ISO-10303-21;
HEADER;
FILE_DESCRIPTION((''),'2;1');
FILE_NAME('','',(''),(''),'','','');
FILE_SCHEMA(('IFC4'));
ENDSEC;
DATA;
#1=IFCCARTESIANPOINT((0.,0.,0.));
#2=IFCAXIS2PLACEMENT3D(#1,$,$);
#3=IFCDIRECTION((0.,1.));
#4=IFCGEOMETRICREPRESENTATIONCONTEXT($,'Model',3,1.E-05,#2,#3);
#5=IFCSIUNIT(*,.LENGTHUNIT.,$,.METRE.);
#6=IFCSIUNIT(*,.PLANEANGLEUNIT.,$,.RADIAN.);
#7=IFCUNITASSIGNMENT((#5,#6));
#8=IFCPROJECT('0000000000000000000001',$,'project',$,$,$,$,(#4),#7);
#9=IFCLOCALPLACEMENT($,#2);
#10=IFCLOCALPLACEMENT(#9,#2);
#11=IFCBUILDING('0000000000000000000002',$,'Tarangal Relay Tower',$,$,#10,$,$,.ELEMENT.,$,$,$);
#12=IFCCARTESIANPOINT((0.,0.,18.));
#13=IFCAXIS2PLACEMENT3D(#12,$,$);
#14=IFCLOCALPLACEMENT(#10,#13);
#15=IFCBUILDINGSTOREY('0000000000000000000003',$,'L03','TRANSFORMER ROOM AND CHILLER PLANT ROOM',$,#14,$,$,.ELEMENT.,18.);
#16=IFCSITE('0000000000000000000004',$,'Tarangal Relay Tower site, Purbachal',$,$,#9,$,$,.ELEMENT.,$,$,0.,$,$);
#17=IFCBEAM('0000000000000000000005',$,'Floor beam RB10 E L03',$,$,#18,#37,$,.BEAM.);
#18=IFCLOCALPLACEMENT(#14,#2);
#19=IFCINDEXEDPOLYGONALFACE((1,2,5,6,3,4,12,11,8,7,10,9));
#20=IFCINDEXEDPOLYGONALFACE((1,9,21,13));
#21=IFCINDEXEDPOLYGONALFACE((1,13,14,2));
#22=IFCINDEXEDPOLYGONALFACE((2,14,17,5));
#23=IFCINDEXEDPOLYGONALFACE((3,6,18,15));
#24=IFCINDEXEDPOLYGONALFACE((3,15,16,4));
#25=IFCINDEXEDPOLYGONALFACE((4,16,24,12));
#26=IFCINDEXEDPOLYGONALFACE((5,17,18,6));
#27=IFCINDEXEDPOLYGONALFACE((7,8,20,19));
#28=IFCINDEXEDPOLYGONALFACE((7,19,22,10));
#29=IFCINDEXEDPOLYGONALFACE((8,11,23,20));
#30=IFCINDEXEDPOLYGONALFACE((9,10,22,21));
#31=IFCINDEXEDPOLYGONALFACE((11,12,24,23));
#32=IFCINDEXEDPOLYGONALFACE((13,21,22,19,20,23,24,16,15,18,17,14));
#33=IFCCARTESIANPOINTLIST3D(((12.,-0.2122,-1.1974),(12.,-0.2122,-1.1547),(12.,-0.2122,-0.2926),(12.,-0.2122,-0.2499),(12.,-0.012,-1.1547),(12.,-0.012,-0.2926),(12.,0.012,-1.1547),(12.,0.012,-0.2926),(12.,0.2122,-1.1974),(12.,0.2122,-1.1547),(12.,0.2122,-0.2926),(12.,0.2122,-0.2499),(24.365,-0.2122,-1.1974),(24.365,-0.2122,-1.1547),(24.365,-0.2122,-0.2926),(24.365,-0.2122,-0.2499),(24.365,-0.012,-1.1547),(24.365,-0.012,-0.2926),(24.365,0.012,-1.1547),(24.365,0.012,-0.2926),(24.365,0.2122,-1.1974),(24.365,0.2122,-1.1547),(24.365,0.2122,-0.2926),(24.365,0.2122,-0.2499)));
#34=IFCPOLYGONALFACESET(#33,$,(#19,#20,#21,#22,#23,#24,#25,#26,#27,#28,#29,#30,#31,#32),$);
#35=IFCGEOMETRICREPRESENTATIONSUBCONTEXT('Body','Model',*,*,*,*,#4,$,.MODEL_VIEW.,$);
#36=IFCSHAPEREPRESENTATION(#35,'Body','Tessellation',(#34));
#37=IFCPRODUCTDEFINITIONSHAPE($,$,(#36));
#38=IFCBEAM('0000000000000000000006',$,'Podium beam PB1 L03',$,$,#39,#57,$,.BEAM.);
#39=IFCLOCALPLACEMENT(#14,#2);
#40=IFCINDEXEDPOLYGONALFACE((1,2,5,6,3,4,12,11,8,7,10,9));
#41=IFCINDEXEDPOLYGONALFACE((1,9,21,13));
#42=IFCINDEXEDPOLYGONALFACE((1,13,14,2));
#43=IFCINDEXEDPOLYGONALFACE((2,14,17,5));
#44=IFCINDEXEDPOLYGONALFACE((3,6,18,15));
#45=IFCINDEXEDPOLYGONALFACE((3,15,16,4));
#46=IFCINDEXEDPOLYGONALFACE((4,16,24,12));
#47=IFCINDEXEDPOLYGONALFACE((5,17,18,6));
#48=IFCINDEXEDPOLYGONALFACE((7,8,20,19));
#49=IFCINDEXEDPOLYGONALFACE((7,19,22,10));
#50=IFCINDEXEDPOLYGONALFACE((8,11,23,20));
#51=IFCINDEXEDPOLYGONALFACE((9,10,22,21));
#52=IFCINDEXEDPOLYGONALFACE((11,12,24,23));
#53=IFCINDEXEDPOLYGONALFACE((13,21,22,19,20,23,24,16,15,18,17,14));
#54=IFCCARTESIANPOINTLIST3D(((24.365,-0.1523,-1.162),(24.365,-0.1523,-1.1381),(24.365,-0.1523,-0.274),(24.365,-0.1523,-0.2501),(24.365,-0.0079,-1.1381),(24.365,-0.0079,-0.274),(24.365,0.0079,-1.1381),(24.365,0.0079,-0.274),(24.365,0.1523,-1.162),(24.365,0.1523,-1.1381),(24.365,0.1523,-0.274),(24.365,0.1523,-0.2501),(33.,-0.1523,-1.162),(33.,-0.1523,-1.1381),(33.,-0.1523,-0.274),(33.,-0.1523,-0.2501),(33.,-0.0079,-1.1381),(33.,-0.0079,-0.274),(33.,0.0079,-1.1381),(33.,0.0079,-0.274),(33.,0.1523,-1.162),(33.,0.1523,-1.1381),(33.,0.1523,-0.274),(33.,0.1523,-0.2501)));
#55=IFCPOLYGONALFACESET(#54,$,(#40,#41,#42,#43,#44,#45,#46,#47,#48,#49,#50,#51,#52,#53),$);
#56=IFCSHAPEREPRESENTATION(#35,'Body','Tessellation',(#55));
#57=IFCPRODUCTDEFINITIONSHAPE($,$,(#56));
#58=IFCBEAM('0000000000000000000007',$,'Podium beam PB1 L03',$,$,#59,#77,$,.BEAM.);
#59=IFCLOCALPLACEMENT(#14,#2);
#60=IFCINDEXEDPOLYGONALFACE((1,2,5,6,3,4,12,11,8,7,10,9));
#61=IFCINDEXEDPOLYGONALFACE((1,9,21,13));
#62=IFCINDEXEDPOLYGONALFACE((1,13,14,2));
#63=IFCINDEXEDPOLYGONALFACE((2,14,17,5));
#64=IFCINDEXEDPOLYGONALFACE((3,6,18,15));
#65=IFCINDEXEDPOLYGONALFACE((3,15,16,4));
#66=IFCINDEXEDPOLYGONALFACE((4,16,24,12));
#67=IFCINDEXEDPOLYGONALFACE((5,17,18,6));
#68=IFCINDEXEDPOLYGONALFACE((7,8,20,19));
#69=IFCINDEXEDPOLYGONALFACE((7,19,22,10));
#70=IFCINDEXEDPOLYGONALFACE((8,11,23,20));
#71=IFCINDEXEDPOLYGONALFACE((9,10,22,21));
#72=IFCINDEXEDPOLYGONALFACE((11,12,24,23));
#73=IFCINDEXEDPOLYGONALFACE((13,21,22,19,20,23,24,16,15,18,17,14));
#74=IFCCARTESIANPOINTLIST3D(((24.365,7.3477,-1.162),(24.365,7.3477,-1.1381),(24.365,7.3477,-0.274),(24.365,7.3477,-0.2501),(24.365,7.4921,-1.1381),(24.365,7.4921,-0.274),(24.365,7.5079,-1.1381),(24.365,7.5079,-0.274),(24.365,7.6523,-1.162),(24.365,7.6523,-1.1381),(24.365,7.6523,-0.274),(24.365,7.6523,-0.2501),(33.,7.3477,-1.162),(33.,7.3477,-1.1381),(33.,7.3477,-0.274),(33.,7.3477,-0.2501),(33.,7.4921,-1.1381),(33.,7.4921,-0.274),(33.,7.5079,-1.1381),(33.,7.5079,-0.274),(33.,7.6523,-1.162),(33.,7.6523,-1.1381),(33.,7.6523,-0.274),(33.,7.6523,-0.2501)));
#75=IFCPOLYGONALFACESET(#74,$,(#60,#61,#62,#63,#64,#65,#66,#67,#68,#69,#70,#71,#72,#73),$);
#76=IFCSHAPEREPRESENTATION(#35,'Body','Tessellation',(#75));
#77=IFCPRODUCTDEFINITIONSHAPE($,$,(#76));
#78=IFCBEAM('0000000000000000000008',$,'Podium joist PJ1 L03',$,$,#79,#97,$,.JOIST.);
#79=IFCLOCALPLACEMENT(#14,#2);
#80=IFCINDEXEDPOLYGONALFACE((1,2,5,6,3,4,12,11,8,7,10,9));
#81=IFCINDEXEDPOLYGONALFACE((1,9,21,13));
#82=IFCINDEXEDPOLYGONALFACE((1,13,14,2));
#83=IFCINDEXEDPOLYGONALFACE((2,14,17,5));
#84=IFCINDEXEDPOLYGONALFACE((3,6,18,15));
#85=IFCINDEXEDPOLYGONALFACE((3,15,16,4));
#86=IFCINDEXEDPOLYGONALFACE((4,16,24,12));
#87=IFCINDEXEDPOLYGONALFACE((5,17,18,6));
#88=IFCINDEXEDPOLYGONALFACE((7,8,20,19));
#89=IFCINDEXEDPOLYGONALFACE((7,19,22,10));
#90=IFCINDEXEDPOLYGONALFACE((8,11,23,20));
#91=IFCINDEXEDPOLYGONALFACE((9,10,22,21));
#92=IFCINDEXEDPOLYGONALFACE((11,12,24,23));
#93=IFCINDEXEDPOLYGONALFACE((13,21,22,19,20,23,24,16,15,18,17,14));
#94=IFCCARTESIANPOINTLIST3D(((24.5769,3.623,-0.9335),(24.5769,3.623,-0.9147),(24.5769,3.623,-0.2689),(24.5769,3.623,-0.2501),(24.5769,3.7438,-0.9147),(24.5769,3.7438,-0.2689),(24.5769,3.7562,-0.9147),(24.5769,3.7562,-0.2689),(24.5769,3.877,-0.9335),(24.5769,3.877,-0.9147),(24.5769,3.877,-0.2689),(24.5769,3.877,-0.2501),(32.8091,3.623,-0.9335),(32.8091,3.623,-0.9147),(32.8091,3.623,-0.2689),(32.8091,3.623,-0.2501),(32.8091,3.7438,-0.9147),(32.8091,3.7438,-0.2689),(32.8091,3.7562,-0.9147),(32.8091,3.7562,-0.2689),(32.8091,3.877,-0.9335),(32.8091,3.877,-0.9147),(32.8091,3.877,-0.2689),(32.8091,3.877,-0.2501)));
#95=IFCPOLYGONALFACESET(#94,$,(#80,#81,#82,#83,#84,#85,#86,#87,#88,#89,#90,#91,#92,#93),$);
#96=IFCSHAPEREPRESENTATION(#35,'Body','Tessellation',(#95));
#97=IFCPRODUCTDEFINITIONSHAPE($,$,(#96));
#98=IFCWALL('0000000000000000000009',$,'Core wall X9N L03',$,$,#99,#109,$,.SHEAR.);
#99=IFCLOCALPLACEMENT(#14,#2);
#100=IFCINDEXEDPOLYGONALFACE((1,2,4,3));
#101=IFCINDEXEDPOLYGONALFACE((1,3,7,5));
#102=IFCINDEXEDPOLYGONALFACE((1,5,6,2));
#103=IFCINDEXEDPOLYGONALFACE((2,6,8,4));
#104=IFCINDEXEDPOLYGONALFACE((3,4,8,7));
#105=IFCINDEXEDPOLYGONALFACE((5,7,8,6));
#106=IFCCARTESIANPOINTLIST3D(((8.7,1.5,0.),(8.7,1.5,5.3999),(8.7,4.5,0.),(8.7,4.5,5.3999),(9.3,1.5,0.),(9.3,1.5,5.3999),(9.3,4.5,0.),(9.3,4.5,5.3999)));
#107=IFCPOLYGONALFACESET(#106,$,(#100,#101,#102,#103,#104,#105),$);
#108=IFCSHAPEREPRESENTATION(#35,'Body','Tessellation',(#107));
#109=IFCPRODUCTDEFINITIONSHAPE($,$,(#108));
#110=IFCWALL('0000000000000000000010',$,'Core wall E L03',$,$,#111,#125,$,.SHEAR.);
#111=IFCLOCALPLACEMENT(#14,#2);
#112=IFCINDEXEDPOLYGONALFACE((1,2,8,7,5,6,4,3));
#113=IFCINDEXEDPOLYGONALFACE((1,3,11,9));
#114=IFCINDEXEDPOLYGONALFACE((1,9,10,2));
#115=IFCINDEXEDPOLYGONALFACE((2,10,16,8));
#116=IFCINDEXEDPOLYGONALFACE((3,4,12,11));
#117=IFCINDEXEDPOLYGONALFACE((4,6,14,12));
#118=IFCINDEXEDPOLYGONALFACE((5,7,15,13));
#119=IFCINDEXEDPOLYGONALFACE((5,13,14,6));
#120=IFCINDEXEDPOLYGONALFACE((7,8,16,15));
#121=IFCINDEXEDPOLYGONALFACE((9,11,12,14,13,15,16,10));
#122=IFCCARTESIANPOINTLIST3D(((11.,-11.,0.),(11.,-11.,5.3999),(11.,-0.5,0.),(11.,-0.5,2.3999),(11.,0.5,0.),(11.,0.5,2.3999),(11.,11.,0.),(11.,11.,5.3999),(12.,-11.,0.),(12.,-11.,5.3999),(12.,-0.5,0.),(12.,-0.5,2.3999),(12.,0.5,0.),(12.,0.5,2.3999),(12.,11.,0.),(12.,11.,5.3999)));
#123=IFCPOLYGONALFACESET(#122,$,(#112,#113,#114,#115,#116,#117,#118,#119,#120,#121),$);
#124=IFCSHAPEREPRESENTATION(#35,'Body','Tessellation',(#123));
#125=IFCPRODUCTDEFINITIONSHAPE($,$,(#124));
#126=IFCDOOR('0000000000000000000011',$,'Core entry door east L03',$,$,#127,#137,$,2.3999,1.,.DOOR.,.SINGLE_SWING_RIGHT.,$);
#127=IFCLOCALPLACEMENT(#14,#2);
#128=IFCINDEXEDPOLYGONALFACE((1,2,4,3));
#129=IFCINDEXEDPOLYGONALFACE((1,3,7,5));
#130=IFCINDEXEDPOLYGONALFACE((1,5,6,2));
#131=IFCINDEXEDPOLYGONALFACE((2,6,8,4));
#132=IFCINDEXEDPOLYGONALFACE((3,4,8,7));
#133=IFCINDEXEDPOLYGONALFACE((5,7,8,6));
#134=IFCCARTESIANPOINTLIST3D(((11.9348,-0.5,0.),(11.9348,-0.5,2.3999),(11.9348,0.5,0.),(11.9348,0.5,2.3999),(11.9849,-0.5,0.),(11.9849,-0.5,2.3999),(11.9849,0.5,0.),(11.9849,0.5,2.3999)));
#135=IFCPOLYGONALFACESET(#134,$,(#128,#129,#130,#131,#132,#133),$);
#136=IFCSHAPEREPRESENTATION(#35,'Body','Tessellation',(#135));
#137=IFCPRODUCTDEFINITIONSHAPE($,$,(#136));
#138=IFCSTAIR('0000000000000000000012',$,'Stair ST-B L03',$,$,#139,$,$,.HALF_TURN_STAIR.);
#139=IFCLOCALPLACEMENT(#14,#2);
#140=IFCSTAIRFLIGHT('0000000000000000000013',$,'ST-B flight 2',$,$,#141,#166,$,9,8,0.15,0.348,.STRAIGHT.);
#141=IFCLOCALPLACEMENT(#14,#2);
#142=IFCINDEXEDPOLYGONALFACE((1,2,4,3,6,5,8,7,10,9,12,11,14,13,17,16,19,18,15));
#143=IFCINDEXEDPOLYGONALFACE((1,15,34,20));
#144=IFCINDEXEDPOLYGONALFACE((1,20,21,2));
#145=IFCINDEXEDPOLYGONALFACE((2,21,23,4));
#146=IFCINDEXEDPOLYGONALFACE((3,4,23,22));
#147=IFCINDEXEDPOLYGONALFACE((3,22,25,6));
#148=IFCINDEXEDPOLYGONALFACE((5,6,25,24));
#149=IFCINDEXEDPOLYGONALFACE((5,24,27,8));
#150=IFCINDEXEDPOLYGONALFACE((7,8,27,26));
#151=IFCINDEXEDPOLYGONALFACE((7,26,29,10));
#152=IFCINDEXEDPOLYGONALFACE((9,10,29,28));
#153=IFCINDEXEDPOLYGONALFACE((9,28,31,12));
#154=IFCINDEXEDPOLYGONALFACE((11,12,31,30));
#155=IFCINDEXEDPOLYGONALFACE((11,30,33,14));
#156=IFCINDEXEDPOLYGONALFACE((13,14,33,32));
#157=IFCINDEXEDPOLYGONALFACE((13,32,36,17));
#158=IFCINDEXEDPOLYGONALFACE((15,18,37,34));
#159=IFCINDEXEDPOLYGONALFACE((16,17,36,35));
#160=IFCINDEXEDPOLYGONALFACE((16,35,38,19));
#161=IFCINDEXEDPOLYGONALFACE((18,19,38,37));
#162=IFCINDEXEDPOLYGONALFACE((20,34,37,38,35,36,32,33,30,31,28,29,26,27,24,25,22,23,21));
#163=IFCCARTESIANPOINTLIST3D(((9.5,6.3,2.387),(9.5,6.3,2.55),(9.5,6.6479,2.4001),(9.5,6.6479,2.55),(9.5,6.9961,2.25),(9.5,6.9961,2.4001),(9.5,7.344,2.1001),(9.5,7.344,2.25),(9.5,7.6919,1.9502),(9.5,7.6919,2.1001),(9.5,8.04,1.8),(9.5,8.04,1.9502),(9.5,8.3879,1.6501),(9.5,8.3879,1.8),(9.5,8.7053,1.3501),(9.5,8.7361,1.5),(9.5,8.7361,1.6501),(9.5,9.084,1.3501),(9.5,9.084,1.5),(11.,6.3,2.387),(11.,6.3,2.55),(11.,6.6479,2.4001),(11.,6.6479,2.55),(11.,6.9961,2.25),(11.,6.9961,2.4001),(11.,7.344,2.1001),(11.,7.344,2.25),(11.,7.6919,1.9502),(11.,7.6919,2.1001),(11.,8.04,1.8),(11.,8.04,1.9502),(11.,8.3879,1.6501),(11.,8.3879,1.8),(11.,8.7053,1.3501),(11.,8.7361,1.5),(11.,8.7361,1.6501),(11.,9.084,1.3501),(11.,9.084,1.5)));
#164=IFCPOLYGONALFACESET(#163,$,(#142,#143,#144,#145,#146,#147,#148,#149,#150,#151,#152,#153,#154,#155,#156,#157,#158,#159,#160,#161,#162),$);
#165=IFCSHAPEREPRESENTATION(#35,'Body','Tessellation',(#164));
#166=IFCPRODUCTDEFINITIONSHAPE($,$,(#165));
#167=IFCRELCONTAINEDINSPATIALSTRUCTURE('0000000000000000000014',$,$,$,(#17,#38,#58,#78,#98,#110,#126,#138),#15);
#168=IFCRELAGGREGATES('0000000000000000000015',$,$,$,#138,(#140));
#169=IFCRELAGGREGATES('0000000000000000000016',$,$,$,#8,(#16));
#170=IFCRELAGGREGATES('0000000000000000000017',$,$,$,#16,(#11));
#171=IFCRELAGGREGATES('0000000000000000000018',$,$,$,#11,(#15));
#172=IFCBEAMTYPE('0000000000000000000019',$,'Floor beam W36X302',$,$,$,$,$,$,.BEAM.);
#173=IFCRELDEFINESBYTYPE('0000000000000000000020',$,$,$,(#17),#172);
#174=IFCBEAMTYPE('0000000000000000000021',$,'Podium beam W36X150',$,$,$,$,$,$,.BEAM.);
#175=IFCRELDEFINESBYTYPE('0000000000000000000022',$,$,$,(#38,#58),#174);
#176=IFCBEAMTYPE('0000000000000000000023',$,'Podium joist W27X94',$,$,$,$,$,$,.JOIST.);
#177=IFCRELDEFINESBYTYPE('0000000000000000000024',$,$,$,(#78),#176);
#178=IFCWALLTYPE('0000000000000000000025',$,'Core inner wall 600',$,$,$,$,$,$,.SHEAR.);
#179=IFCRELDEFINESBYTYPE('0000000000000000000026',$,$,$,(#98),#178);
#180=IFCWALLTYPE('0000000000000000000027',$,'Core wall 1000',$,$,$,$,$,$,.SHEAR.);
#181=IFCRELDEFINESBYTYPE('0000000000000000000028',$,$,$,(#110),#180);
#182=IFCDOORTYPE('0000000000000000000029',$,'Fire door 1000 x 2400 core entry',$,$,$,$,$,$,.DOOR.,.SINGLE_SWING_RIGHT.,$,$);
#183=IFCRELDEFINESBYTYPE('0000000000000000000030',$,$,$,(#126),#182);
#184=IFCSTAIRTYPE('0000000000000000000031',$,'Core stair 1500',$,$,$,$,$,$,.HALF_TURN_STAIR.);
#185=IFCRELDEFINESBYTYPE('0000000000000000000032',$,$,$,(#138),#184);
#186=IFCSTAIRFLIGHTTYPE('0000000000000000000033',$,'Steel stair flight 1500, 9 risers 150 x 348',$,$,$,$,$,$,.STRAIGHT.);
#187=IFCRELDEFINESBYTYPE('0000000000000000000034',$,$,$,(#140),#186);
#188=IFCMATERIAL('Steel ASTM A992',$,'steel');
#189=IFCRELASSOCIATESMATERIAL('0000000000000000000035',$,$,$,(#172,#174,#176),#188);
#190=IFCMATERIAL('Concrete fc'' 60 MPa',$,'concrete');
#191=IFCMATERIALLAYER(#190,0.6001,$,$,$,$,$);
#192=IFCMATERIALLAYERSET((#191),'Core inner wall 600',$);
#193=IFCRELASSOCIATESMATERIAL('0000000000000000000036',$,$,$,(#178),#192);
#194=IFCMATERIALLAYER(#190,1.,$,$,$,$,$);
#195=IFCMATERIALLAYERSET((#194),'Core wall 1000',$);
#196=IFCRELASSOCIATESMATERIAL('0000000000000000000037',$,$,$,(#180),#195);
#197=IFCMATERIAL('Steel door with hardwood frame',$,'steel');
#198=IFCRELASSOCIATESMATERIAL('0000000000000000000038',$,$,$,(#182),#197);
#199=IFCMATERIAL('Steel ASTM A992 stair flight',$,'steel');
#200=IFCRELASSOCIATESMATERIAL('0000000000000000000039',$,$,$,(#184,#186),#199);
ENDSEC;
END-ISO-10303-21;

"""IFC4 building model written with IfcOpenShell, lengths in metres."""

from ifc_helpers import new_model, si_unit, direction, frame, frame_2d, origin, origin_2d, place, context, subcontext, project, spatial, polyline, rectangle, i_section, outline, extrude, material, layer, layer_set, material_profile, profile_set, type_object, element, fill, aggregate, save


model = new_model("IFC4")

# Units and contexts
model_context = context("Model", 3, precision=1e-05, world=origin(), true_north=direction((0.0, 1.0)))
body_context = subcontext(model_context, "Body", "Model", "MODEL_VIEW")
ifc_project = project(units=[si_unit("LENGTHUNIT", "METRE"), si_unit("PLANEANGLEUNIT", "RADIAN")], contexts=[model_context])

# Site, building, storey
site_placement = place(None, origin())
site = spatial("IfcSite", under=ifc_project, at=site_placement, Name="Tarangal Relay Tower site, Purbachal", CompositionType="ELEMENT", RefElevation=0.0)
building_placement = place(site_placement, origin())
building = spatial("IfcBuilding", under=site, at=building_placement, Name="Tarangal Relay Tower", CompositionType="ELEMENT")
storey_placement = place(building_placement, frame((0.0, 0.0, 18.0)))
storey = spatial("IfcBuildingStorey", under=building, at=storey_placement, Name="L03", Description="TRANSFORMER ROOM AND CHILLER PLANT ROOM", CompositionType="ELEMENT", Elevation=18.0)

# Beams
ifc_material_1 = material(Name="Steel ASTM A992", Category="steel")
ifc_material_profile_1 = material_profile(ifc_material_1, i_section(OverallWidth=0.4243, OverallDepth=0.9475, WebThickness=0.0239, FlangeThickness=0.0427, at=origin_2d()), Name="W36X302")
ifc_profile_set_1 = profile_set([ifc_material_profile_1], Name="Steel ASTM A992")
beam_type_1 = type_object("IfcBeamType", Name="Floor beam W36X302", PredefinedType="BEAM", material=ifc_profile_set_1)
beam_1_placement = place(storey_placement, frame((12.0, 0.0, -0.7236), z_axis=(1.0, 0.0, 0.0), x_axis=(0.0, 1.0, 0.0)))
element("IfcBeam", 1, at=beam_1_placement, inside=storey, type_object=beam_type_1, Name="Floor beam RB10 E L03", PredefinedType="BEAM", context=body_context, shape_type="SweptSolid", body=[
    extrude(i_section(OverallWidth=0.4243, OverallDepth=0.9475, WebThickness=0.0239, FlangeThickness=0.0427, at=origin_2d()), origin(), (0.0, 0.0, 1.0), 12.365),
])
ifc_material_profile_2 = material_profile(ifc_material_1, i_section(OverallWidth=0.3047, OverallDepth=0.9119, WebThickness=0.0159, FlangeThickness=0.0239, at=origin_2d()), Name="W36X150")
ifc_profile_set_2 = profile_set([ifc_material_profile_2], Name="Steel ASTM A992")
beam_type_2 = type_object("IfcBeamType", Name="Podium beam W36X150", PredefinedType="BEAM", material=ifc_profile_set_2)
for number, where, z_axis, x_axis, name in (
    (2, (24.365, 0.0, -0.7061), (1.0, 0.0, 0.0), (0.0, 1.0, 0.0), "Podium beam PB1 L03"),
    (3, (24.365, 7.5, -0.7061), (1.0, 0.0, 0.0), (0.0, 1.0, 0.0), "Podium beam PB1 L03"),
):
    element("IfcBeam", number, at=place(storey_placement, frame(where, z_axis=z_axis, x_axis=x_axis)), inside=storey, type_object=beam_type_2, Name=name, PredefinedType="BEAM", context=body_context, shape_type="SweptSolid", body=[
        extrude(i_section(OverallWidth=0.3047, OverallDepth=0.9119, WebThickness=0.0159, FlangeThickness=0.0239, at=origin_2d()), origin(), (0.0, 0.0, 1.0), 8.635),
    ])
ifc_material_profile_3 = material_profile(ifc_material_1, i_section(OverallWidth=0.2539, OverallDepth=0.6833, WebThickness=0.0125, FlangeThickness=0.0188, at=origin_2d()), Name="W27X94")
ifc_profile_set_3 = profile_set([ifc_material_profile_3], Name="Steel ASTM A992")
beam_type_3 = type_object("IfcBeamType", Name="Podium joist W27X94", PredefinedType="JOIST", material=ifc_profile_set_3)
beam_2_placement = place(storey_placement, frame((24.5769, 3.75, -0.5918), z_axis=(1.0, 0.0, 0.0), x_axis=(0.0, 1.0, 0.0)))
element("IfcBeam", 4, at=beam_2_placement, inside=storey, type_object=beam_type_3, Name="Podium joist PJ1 L03", PredefinedType="JOIST", context=body_context, shape_type="SweptSolid", body=[
    extrude(i_section(OverallWidth=0.2539, OverallDepth=0.6833, WebThickness=0.0125, FlangeThickness=0.0188, at=origin_2d()), origin(), (0.0, 0.0, 1.0), 8.2322),
])

# Wall
ifc_material_2 = material(Name="Concrete fc' 60 MPa", Category="concrete")
ifc_layer_1 = layer(ifc_material_2, 0.6001)
ifc_layer_set_1 = layer_set([ifc_layer_1], Name="Core inner wall 600")
wall_type_1 = type_object("IfcWallType", Name="Core inner wall 600", PredefinedType="SHEAR", material=ifc_layer_set_1)
wall_1_placement = place(storey_placement, frame((9.0, 1.5, 0.0), z_axis=(0.0, 0.0, 1.0), x_axis=(0.0, 1.0, 0.0)))
element("IfcWall", 5, at=wall_1_placement, inside=storey, type_object=wall_type_1, Name="Core wall X9N L03", PredefinedType="SHEAR", context=body_context, shape_type="SweptSolid", body=[
    extrude(rectangle(XDim=3.0, YDim=0.6001, at=frame_2d((1.5, 0.0))), origin(), (0.0, 0.0, 1.0), 5.3999),
])

# Wall, opening, door
ifc_layer_2 = layer(ifc_material_2, 1.0)
ifc_layer_set_2 = layer_set([ifc_layer_2], Name="Core wall 1000")
wall_type_2 = type_object("IfcWallType", Name="Core wall 1000", PredefinedType="SHEAR", material=ifc_layer_set_2)
wall_2_placement = place(storey_placement, frame((11.5, 11.0, 0.0), z_axis=(0.0, 0.0, 1.0), x_axis=(0.0, -1.0, 0.0)))
wall_2 = element("IfcWall", 6, at=wall_2_placement, inside=storey, type_object=wall_type_2, Name="Core wall E L03", PredefinedType="SHEAR", context=body_context, shape_type="SweptSolid", body=[
    extrude(rectangle(XDim=22.0, YDim=1.0, at=frame_2d((11.0, 0.0))), origin(), (0.0, 0.0, 1.0), 5.3999),
])
opening_placement = place(wall_2_placement, frame((10.5, 0.0, 0.0)))
opening = element("IfcOpeningElement", 7, at=opening_placement, cuts=wall_2, PredefinedType="OPENING", context=body_context, shape_type="SweptSolid", body=[
    extrude(rectangle(XDim=1.0, YDim=2.3999, at=frame_2d((0.5, 1.2))), frame((0.0, 0.51, 0.0), z_axis=(0.0, -1.0, 0.0), x_axis=(1.0, 0.0, 0.0)), (0.0, 0.0, 1.0), 1.02),
])
ifc_material_3 = material(Name="Steel door with hardwood frame", Category="steel")
door_type = type_object("IfcDoorType", Name="Fire door 1000 x 2400 core entry", OperationType="SINGLE_SWING_RIGHT", PredefinedType="DOOR", material=ifc_material_3)
door_placement = place(opening_placement, origin())
door = element("IfcDoor", 8, at=door_placement, inside=storey, type_object=door_type, Name="Core entry door east L03", OperationType="SINGLE_SWING_RIGHT", OverallHeight=2.3999, OverallWidth=1.0, PredefinedType="DOOR", context=body_context, shape_type="SweptSolid", body=[
    extrude(rectangle(XDim=1.0, YDim=2.3999, at=frame_2d((0.5, 1.2))), frame((0.0, 0.4849, 0.0), z_axis=(0.0, -1.0, 0.0), x_axis=(1.0, 0.0, 0.0)), (0.0, 0.0, 1.0), 0.05),
])
fill(opening, door)

# Stair, stair flight
ifc_material_4 = material(Name="Steel ASTM A992 stair flight", Category="steel")
stair_type = type_object("IfcStairType", Name="Core stair 1500", PredefinedType="HALF_TURN_STAIR", material=ifc_material_4)
stair_placement = place(storey_placement, origin())
stair = element("IfcStair", 9, at=stair_placement, inside=storey, type_object=stair_type, Name="Stair ST-B L03", PredefinedType="HALF_TURN_STAIR")
stair_flight_type = type_object("IfcStairFlightType", Name="Steel stair flight 1500, 9 risers 150 x 348", PredefinedType="STRAIGHT", material=ifc_material_4)
stair_flight_1_placement = place(storey_placement, frame((10.25, 9.084, 1.3501), z_axis=(0.0, 0.0, 1.0), x_axis=(0.0, -1.0, 0.0)))
stair_flight_1 = element("IfcStairFlight", 10, at=stair_flight_1_placement, type_object=stair_flight_type, Name="ST-B flight 2", NumberOfRisers=9, NumberOfTreads=8, PredefinedType="STRAIGHT", RiserHeight=0.15, TreadLength=0.348, context=body_context, shape_type="SweptSolid", body=[
    extrude(outline(polyline([(0.0, 0.0), (0.0, 0.1499), (0.3479, 0.1499), (0.3479, 0.3), (0.696, 0.3), (0.696, 0.45), (1.0439, 0.45), (1.0439, 0.6001), (1.3921, 0.6001), (1.3921, 0.75), (1.74, 0.75), (1.74, 0.8999), (2.0879, 0.8999), (2.0879, 1.05), (2.436, 1.05), (2.436, 1.2), (2.7839, 1.2), (2.7839, 1.3501), (2.7839, 1.0369), (0.3787, 0.0), (0.0, 0.0)])), frame((0.0, 0.75, 0.0), z_axis=(0.0, -1.0, 0.0), x_axis=(1.0, 0.0, 0.0)), (0.0, 0.0, 1.0), 1.5),
])
aggregate(stair, [stair_flight_1])

save(model, "model.ifc")
